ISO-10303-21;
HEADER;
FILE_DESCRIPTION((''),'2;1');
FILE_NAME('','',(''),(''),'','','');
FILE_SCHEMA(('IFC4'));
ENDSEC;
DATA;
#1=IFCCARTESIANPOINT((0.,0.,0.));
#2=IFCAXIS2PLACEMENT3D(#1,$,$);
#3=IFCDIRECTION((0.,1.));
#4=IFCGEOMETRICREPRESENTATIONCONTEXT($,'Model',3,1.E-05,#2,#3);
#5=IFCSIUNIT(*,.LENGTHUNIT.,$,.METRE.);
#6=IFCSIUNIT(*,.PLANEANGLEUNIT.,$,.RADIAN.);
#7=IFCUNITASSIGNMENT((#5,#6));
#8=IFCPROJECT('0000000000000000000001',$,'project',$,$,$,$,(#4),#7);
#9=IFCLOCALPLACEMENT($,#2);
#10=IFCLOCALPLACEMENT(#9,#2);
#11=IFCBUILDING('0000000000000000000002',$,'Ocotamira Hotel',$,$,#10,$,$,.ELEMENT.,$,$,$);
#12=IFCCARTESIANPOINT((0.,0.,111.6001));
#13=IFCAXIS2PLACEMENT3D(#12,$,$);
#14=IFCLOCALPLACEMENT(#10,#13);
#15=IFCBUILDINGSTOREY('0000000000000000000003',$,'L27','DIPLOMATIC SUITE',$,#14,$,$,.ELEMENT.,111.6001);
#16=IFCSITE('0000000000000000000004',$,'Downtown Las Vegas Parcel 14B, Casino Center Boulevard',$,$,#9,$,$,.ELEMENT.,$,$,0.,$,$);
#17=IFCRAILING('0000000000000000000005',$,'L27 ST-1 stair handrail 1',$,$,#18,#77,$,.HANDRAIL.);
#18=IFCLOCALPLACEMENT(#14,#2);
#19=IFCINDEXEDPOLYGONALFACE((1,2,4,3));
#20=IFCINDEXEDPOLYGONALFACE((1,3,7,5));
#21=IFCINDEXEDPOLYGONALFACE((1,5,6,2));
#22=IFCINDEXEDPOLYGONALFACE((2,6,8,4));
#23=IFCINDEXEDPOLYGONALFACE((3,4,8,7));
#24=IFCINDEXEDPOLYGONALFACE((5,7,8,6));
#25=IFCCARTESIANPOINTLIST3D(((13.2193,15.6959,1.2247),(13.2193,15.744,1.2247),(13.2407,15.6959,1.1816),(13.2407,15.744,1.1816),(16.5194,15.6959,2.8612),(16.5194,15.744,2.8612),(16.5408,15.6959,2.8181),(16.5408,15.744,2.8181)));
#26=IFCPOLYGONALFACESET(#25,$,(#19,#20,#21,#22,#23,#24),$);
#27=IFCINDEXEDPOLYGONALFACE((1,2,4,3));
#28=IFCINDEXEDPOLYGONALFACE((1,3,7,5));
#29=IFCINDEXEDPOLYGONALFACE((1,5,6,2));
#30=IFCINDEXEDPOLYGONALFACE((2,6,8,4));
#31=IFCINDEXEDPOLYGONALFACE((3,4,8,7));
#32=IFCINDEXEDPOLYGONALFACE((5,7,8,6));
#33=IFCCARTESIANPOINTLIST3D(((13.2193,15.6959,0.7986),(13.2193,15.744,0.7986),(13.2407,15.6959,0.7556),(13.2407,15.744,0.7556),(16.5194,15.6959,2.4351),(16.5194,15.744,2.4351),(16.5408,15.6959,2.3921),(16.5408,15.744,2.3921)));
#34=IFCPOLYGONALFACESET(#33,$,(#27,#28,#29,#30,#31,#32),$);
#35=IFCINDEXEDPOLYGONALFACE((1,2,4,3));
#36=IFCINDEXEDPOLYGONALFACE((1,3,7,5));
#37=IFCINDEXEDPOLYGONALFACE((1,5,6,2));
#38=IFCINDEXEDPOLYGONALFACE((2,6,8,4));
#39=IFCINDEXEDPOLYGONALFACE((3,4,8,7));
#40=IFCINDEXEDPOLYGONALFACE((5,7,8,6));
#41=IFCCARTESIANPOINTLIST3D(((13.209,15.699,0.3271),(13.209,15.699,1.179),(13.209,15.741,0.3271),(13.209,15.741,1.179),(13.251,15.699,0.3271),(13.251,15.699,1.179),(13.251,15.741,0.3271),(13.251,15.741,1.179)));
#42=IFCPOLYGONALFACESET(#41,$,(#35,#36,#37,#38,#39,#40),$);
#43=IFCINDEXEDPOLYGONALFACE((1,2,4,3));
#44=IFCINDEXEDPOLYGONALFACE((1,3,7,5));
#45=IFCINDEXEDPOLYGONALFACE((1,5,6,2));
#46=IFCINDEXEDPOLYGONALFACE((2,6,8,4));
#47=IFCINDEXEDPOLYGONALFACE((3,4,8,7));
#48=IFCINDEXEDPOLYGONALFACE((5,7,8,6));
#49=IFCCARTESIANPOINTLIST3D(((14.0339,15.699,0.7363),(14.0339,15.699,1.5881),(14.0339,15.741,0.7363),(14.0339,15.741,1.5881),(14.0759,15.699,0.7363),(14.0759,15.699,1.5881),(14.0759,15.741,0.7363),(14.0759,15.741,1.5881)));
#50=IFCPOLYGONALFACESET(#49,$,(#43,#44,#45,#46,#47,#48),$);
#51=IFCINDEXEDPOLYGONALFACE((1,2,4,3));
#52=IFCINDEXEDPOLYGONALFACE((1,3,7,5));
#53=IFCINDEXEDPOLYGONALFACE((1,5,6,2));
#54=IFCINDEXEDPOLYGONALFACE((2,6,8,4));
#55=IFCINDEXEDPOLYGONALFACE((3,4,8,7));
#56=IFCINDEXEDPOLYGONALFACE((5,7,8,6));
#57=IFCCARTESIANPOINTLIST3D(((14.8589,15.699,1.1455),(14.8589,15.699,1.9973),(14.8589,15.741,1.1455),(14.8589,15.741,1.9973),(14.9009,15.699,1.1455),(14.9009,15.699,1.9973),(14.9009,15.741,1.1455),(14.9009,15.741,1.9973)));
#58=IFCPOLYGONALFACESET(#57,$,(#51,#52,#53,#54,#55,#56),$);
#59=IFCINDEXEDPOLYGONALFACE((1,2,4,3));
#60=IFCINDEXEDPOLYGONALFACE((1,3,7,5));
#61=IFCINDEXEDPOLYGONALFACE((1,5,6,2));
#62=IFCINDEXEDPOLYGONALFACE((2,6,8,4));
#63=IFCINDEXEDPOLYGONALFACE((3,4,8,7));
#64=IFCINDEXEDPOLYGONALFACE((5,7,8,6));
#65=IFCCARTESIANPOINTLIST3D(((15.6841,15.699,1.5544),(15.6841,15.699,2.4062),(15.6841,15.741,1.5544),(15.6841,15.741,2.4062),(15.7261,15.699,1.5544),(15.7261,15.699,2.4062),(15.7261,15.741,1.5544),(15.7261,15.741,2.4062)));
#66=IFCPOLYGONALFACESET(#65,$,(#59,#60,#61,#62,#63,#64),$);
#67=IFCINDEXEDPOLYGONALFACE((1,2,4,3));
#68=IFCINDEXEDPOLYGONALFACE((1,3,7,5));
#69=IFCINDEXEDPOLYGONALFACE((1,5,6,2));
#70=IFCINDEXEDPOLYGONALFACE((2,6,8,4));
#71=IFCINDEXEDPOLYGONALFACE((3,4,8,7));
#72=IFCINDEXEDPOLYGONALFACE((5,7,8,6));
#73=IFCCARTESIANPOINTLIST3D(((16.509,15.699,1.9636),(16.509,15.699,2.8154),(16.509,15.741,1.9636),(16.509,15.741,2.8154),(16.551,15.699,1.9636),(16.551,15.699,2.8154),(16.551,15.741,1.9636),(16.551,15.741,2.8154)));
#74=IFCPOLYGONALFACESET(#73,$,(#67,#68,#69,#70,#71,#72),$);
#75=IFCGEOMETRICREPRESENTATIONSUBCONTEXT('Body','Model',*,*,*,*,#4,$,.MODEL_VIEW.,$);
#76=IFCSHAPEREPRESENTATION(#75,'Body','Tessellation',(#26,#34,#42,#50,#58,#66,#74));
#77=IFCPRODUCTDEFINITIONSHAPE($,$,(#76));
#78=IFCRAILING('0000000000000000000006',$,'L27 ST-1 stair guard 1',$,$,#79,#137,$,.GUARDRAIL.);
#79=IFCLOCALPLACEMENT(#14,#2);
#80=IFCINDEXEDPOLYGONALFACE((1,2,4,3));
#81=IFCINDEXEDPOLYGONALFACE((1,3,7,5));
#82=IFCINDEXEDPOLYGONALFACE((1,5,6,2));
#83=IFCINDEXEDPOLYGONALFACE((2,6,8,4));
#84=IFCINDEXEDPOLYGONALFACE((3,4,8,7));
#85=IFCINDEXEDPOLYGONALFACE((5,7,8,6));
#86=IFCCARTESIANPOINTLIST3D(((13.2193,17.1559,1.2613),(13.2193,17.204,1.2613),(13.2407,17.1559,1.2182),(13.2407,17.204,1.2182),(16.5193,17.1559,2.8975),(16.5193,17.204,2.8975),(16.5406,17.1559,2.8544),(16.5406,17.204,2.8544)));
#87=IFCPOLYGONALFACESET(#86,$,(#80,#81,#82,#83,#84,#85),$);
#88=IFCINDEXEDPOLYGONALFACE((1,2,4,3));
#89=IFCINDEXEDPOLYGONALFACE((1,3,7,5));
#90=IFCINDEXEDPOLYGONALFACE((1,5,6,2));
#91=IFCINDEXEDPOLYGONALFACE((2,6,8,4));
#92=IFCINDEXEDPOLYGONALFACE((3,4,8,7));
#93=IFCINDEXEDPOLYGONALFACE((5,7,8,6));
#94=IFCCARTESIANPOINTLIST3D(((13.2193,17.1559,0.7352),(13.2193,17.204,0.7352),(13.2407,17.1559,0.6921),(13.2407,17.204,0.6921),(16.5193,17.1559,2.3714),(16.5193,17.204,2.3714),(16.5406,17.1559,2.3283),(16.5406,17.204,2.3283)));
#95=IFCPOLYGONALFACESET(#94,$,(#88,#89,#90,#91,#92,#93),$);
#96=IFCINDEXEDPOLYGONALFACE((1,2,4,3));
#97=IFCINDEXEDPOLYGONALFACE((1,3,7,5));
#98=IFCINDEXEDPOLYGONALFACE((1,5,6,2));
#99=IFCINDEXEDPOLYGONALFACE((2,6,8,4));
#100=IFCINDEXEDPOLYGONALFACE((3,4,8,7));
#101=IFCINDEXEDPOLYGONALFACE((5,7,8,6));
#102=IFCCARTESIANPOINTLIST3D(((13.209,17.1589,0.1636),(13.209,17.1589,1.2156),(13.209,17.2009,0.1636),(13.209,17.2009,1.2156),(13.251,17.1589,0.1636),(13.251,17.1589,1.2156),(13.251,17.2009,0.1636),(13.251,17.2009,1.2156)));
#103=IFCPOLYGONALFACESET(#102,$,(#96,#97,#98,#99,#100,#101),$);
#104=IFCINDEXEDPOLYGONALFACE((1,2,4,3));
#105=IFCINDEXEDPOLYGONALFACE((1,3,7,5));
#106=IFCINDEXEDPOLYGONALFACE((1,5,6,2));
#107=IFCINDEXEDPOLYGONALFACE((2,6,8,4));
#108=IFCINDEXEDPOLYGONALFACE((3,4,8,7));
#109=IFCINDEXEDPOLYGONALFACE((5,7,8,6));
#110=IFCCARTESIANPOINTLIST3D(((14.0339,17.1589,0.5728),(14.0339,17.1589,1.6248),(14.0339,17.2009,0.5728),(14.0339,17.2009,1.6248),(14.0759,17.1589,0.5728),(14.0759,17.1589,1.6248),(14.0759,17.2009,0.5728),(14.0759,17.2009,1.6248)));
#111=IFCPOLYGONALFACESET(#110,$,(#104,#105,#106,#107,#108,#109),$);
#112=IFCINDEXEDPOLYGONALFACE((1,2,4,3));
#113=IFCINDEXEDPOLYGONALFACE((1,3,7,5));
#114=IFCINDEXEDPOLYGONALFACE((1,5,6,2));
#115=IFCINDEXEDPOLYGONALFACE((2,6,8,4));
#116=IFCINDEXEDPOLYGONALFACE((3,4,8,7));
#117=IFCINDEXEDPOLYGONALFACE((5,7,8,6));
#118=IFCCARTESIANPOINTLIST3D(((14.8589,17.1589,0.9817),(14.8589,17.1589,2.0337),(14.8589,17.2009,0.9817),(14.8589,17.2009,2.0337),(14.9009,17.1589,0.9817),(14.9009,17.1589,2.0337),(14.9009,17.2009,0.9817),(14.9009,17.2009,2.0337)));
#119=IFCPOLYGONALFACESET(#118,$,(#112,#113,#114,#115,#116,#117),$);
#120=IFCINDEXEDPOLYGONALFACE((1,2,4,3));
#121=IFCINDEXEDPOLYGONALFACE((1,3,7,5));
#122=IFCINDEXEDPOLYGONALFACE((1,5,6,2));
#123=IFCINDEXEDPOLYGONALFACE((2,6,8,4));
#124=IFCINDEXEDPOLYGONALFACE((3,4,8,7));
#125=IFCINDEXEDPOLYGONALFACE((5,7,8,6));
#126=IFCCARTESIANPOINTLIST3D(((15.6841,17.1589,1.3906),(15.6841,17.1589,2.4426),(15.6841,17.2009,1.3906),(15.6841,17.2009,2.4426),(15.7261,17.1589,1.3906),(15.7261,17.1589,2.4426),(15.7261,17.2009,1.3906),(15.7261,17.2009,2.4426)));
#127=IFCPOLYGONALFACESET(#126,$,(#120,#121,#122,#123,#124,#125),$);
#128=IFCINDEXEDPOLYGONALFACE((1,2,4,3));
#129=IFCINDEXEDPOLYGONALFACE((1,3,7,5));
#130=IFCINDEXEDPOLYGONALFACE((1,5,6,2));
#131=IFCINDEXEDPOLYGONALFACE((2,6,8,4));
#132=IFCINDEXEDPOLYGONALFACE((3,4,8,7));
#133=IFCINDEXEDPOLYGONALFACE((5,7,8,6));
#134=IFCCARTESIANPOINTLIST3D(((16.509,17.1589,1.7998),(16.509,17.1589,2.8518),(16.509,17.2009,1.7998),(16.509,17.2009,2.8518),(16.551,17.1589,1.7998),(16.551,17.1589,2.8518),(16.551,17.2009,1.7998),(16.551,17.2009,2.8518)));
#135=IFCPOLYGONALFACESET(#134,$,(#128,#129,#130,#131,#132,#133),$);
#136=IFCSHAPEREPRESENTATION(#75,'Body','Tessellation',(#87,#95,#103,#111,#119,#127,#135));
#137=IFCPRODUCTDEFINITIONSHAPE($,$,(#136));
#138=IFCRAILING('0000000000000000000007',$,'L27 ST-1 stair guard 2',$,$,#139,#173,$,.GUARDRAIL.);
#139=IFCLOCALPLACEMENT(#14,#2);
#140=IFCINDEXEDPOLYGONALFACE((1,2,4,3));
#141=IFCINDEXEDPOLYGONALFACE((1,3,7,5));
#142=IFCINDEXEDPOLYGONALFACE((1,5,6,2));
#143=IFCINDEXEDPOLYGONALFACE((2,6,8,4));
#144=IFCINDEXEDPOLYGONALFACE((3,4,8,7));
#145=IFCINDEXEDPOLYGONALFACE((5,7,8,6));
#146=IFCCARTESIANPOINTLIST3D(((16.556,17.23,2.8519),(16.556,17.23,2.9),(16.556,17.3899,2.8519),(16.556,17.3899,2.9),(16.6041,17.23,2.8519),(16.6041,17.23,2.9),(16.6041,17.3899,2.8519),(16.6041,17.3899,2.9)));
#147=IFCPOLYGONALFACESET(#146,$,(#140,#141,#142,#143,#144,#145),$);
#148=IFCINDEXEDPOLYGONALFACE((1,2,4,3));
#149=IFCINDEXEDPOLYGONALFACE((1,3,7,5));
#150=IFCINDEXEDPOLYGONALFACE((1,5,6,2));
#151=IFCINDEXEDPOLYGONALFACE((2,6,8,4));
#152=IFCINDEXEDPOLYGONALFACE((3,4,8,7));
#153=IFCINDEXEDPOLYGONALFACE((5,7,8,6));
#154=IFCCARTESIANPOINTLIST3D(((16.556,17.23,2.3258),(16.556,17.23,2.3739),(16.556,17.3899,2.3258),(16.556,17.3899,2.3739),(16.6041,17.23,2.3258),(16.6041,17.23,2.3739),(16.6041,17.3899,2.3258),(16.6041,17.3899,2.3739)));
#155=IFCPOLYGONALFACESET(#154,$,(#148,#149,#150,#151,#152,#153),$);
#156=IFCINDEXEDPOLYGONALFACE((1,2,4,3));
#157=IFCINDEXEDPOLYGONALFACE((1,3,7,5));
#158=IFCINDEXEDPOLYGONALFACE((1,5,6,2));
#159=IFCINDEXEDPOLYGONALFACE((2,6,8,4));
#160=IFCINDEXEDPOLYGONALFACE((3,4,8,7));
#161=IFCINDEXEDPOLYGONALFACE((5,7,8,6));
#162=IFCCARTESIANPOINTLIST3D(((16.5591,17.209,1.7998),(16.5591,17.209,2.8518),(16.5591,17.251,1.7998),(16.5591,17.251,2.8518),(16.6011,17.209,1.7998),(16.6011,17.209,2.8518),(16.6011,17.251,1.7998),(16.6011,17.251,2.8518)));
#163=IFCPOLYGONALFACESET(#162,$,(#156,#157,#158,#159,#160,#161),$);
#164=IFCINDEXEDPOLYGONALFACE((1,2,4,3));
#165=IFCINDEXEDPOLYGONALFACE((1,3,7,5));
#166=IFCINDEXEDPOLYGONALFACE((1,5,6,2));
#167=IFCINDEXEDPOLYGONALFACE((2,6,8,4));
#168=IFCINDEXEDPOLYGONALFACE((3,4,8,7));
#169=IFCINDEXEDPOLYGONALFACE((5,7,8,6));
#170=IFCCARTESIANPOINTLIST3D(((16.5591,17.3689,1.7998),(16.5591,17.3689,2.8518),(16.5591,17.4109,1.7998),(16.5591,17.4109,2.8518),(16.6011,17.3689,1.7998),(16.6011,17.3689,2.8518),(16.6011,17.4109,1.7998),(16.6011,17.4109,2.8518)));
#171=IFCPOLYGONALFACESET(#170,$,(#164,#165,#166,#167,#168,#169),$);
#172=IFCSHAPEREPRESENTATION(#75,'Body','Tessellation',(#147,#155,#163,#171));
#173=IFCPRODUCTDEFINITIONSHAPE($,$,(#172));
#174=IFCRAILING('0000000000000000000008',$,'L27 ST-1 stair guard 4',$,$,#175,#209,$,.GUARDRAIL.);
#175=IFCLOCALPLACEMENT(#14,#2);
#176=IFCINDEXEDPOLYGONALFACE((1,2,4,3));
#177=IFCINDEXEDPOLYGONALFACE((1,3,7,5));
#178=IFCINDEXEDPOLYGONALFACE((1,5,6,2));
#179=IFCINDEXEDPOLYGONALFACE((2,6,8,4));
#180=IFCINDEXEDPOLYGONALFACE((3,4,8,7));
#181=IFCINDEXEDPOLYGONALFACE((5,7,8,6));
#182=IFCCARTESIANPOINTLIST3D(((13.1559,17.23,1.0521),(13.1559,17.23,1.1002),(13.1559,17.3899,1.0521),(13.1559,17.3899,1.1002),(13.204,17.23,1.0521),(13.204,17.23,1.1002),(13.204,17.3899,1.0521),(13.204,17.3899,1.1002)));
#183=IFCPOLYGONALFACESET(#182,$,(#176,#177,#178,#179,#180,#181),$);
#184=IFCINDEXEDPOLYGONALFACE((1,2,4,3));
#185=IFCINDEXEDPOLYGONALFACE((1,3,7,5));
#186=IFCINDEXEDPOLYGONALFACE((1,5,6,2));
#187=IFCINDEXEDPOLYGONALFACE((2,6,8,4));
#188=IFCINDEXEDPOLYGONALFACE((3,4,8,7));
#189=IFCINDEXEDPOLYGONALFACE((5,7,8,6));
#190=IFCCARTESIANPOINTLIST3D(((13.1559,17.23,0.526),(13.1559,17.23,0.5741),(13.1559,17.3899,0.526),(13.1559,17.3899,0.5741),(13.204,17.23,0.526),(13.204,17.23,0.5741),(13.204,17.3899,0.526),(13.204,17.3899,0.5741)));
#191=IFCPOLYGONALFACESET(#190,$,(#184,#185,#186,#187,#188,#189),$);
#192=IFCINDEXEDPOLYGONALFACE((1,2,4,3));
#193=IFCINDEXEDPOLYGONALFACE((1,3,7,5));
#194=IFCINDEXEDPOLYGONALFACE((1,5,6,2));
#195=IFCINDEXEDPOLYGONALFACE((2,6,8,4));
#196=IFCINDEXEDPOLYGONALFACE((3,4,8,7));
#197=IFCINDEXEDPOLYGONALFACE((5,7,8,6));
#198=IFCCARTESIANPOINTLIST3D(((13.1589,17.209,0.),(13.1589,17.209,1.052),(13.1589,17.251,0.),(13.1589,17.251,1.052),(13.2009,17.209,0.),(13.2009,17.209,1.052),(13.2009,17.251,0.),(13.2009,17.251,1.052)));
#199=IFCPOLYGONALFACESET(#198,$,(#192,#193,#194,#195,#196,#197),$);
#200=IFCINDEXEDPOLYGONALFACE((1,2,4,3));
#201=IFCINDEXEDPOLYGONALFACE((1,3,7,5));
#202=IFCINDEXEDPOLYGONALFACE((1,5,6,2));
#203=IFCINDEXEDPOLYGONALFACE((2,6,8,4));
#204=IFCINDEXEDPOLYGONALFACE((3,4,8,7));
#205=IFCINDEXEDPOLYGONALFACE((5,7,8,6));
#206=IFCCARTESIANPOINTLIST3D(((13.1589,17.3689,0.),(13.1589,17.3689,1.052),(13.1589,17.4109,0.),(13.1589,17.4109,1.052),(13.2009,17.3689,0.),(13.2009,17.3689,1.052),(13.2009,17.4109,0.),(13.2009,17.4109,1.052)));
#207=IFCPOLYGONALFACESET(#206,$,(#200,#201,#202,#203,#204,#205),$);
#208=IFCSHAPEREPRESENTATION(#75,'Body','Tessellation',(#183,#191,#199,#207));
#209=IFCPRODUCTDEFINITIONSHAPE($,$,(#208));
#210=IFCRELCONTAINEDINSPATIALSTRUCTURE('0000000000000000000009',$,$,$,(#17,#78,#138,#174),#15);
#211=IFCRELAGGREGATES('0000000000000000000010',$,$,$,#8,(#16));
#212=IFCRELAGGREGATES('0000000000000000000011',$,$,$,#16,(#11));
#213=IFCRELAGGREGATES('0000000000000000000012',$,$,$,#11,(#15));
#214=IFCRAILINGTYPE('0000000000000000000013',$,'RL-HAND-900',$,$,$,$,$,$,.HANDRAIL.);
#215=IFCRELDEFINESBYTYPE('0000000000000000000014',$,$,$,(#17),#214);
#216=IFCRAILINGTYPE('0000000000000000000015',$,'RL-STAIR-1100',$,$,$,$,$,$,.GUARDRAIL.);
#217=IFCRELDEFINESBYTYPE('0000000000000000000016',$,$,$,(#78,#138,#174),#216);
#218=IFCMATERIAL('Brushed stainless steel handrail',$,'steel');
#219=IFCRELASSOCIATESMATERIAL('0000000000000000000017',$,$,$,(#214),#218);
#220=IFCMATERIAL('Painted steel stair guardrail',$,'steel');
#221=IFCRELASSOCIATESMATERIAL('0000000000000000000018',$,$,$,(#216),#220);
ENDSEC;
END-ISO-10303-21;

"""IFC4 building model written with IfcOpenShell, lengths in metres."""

from ifc_helpers import new_model, si_unit, direction, frame, origin, origin_2d, place, context, subcontext, project, spatial, rectangle, extrude, material, type_object, element, save


model = new_model("IFC4")

# Units and contexts
model_context = context("Model", 3, precision=1e-05, world=origin(), true_north=direction((0.0, 1.0)))
body_context = subcontext(model_context, "Body", "Model", "MODEL_VIEW")
ifc_project = project(units=[si_unit("LENGTHUNIT", "METRE"), si_unit("PLANEANGLEUNIT", "RADIAN")], contexts=[model_context])

# Site, building, storey
site_placement = place(None, origin())
site = spatial("IfcSite", under=ifc_project, at=site_placement, Name="Downtown Las Vegas Parcel 14B, Casino Center Boulevard", CompositionType="ELEMENT", RefElevation=0.0)
building_placement = place(site_placement, origin())
building = spatial("IfcBuilding", under=site, at=building_placement, Name="Ocotamira Hotel", CompositionType="ELEMENT")
storey_placement = place(building_placement, frame((0.0, 0.0, 111.6001)))
storey = spatial("IfcBuildingStorey", under=building, at=storey_placement, Name="L27", Description="DIPLOMATIC SUITE", CompositionType="ELEMENT", Elevation=111.6001)

# Railings
ifc_material_1 = material(Name="Painted steel stair guardrail", Category="steel")
ifc_material_2 = material(Name="Brushed stainless steel handrail", Category="steel")
railing_type_1 = type_object("IfcRailingType", Name="RL-HAND-900", PredefinedType="HANDRAIL", material=ifc_material_2)
railing_1_placement = place(storey_placement, frame((13.23, 15.72, 0.3271)))
element("IfcRailing", 1, at=railing_1_placement, inside=storey, type_object=railing_type_1, Name="L27 ST-1 stair handrail 1", PredefinedType="HANDRAIL", context=body_context, shape_type="SweptSolid", body=[
    extrude(rectangle(XDim=0.0481, YDim=0.0481, at=origin_2d()), frame((0.0, 0.0, 0.876), z_axis=(0.895894, 0.0, 0.444268), x_axis=(0.0, 1.0, 0.0)), (0.0, 0.0, 1.0), 3.6836),
    extrude(rectangle(XDim=0.0481, YDim=0.0481, at=origin_2d()), frame((0.0, 0.0, 0.45), z_axis=(0.895894, 0.0, 0.444268), x_axis=(0.0, 1.0, 0.0)), (0.0, 0.0, 1.0), 3.6836),
    extrude(rectangle(XDim=0.042, YDim=0.042, at=origin_2d()), origin(), (0.0, 0.0, 1.0), 0.8518),
    extrude(rectangle(XDim=0.042, YDim=0.042, at=origin_2d()), frame((0.825, 0.0, 0.4092)), (0.0, 0.0, 1.0), 0.8518),
    extrude(rectangle(XDim=0.042, YDim=0.042, at=origin_2d()), frame((1.6499, 0.0, 0.8184)), (0.0, 0.0, 1.0), 0.8518),
    extrude(rectangle(XDim=0.042, YDim=0.042, at=origin_2d()), frame((2.4751, 0.0, 1.2273)), (0.0, 0.0, 1.0), 0.8518),
    extrude(rectangle(XDim=0.042, YDim=0.042, at=origin_2d()), frame((3.3, 0.0, 1.6365)), (0.0, 0.0, 1.0), 0.8518),
])
railing_type_2 = type_object("IfcRailingType", Name="RL-STAIR-1100", PredefinedType="GUARDRAIL", material=ifc_material_1)
railing_2_placement = place(storey_placement, frame((13.23, 17.1799, 0.1636)))
element("IfcRailing", 2, at=railing_2_placement, inside=storey, type_object=railing_type_2, Name="L27 ST-1 stair guard 1", PredefinedType="GUARDRAIL", context=body_context, shape_type="SweptSolid", body=[
    extrude(rectangle(XDim=0.0481, YDim=0.0481, at=origin_2d()), frame((0.0, 0.0, 1.0762), z_axis=(0.89592, 0.0, 0.444215), x_axis=(0.0, 1.0, 0.0)), (0.0, 0.0, 1.0), 3.6833),
    extrude(rectangle(XDim=0.0481, YDim=0.0481, at=origin_2d()), frame((0.0, 0.0, 0.55), z_axis=(0.89592, 0.0, 0.444215), x_axis=(0.0, 1.0, 0.0)), (0.0, 0.0, 1.0), 3.6833),
    extrude(rectangle(XDim=0.042, YDim=0.042, at=origin_2d()), origin(), (0.0, 0.0, 1.0), 1.052),
    extrude(rectangle(XDim=0.042, YDim=0.042, at=origin_2d()), frame((0.825, 0.0, 0.4092)), (0.0, 0.0, 1.0), 1.052),
    extrude(rectangle(XDim=0.042, YDim=0.042, at=origin_2d()), frame((1.6499, 0.0, 0.8181)), (0.0, 0.0, 1.0), 1.052),
    extrude(rectangle(XDim=0.042, YDim=0.042, at=origin_2d()), frame((2.4751, 0.0, 1.2271)), (0.0, 0.0, 1.0), 1.052),
    extrude(rectangle(XDim=0.042, YDim=0.042, at=origin_2d()), frame((3.3, 0.0, 1.6362)), (0.0, 0.0, 1.0), 1.052),
])
for number, where, name in (
    (3, (16.5801, 17.23, 1.7998), "L27 ST-1 stair guard 2"),
    (4, (13.1799, 17.23, 0.0), "L27 ST-1 stair guard 4"),
):
    element("IfcRailing", number, at=place(storey_placement, frame(where)), inside=storey, type_object=railing_type_2, Name=name, PredefinedType="GUARDRAIL", context=body_context, shape_type="SweptSolid", body=[
        extrude(rectangle(XDim=0.0481, YDim=0.0481, at=origin_2d()), frame((0.0, 0.0, 1.0762), z_axis=(0.0, 1.0, 0.0), x_axis=(-1.0, 0.0, 0.0)), (0.0, 0.0, 1.0), 0.1599),
        extrude(rectangle(XDim=0.0481, YDim=0.0481, at=origin_2d()), frame((0.0, 0.0, 0.55), z_axis=(0.0, 1.0, 0.0), x_axis=(-1.0, 0.0, 0.0)), (0.0, 0.0, 1.0), 0.1599),
        extrude(rectangle(XDim=0.042, YDim=0.042, at=origin_2d()), origin(), (0.0, 0.0, 1.0), 1.052),
        extrude(rectangle(XDim=0.042, YDim=0.042, at=origin_2d()), frame((0.0, 0.1599, 0.0)), (0.0, 0.0, 1.0), 1.052),
    ])

save(model, "model.ifc")
